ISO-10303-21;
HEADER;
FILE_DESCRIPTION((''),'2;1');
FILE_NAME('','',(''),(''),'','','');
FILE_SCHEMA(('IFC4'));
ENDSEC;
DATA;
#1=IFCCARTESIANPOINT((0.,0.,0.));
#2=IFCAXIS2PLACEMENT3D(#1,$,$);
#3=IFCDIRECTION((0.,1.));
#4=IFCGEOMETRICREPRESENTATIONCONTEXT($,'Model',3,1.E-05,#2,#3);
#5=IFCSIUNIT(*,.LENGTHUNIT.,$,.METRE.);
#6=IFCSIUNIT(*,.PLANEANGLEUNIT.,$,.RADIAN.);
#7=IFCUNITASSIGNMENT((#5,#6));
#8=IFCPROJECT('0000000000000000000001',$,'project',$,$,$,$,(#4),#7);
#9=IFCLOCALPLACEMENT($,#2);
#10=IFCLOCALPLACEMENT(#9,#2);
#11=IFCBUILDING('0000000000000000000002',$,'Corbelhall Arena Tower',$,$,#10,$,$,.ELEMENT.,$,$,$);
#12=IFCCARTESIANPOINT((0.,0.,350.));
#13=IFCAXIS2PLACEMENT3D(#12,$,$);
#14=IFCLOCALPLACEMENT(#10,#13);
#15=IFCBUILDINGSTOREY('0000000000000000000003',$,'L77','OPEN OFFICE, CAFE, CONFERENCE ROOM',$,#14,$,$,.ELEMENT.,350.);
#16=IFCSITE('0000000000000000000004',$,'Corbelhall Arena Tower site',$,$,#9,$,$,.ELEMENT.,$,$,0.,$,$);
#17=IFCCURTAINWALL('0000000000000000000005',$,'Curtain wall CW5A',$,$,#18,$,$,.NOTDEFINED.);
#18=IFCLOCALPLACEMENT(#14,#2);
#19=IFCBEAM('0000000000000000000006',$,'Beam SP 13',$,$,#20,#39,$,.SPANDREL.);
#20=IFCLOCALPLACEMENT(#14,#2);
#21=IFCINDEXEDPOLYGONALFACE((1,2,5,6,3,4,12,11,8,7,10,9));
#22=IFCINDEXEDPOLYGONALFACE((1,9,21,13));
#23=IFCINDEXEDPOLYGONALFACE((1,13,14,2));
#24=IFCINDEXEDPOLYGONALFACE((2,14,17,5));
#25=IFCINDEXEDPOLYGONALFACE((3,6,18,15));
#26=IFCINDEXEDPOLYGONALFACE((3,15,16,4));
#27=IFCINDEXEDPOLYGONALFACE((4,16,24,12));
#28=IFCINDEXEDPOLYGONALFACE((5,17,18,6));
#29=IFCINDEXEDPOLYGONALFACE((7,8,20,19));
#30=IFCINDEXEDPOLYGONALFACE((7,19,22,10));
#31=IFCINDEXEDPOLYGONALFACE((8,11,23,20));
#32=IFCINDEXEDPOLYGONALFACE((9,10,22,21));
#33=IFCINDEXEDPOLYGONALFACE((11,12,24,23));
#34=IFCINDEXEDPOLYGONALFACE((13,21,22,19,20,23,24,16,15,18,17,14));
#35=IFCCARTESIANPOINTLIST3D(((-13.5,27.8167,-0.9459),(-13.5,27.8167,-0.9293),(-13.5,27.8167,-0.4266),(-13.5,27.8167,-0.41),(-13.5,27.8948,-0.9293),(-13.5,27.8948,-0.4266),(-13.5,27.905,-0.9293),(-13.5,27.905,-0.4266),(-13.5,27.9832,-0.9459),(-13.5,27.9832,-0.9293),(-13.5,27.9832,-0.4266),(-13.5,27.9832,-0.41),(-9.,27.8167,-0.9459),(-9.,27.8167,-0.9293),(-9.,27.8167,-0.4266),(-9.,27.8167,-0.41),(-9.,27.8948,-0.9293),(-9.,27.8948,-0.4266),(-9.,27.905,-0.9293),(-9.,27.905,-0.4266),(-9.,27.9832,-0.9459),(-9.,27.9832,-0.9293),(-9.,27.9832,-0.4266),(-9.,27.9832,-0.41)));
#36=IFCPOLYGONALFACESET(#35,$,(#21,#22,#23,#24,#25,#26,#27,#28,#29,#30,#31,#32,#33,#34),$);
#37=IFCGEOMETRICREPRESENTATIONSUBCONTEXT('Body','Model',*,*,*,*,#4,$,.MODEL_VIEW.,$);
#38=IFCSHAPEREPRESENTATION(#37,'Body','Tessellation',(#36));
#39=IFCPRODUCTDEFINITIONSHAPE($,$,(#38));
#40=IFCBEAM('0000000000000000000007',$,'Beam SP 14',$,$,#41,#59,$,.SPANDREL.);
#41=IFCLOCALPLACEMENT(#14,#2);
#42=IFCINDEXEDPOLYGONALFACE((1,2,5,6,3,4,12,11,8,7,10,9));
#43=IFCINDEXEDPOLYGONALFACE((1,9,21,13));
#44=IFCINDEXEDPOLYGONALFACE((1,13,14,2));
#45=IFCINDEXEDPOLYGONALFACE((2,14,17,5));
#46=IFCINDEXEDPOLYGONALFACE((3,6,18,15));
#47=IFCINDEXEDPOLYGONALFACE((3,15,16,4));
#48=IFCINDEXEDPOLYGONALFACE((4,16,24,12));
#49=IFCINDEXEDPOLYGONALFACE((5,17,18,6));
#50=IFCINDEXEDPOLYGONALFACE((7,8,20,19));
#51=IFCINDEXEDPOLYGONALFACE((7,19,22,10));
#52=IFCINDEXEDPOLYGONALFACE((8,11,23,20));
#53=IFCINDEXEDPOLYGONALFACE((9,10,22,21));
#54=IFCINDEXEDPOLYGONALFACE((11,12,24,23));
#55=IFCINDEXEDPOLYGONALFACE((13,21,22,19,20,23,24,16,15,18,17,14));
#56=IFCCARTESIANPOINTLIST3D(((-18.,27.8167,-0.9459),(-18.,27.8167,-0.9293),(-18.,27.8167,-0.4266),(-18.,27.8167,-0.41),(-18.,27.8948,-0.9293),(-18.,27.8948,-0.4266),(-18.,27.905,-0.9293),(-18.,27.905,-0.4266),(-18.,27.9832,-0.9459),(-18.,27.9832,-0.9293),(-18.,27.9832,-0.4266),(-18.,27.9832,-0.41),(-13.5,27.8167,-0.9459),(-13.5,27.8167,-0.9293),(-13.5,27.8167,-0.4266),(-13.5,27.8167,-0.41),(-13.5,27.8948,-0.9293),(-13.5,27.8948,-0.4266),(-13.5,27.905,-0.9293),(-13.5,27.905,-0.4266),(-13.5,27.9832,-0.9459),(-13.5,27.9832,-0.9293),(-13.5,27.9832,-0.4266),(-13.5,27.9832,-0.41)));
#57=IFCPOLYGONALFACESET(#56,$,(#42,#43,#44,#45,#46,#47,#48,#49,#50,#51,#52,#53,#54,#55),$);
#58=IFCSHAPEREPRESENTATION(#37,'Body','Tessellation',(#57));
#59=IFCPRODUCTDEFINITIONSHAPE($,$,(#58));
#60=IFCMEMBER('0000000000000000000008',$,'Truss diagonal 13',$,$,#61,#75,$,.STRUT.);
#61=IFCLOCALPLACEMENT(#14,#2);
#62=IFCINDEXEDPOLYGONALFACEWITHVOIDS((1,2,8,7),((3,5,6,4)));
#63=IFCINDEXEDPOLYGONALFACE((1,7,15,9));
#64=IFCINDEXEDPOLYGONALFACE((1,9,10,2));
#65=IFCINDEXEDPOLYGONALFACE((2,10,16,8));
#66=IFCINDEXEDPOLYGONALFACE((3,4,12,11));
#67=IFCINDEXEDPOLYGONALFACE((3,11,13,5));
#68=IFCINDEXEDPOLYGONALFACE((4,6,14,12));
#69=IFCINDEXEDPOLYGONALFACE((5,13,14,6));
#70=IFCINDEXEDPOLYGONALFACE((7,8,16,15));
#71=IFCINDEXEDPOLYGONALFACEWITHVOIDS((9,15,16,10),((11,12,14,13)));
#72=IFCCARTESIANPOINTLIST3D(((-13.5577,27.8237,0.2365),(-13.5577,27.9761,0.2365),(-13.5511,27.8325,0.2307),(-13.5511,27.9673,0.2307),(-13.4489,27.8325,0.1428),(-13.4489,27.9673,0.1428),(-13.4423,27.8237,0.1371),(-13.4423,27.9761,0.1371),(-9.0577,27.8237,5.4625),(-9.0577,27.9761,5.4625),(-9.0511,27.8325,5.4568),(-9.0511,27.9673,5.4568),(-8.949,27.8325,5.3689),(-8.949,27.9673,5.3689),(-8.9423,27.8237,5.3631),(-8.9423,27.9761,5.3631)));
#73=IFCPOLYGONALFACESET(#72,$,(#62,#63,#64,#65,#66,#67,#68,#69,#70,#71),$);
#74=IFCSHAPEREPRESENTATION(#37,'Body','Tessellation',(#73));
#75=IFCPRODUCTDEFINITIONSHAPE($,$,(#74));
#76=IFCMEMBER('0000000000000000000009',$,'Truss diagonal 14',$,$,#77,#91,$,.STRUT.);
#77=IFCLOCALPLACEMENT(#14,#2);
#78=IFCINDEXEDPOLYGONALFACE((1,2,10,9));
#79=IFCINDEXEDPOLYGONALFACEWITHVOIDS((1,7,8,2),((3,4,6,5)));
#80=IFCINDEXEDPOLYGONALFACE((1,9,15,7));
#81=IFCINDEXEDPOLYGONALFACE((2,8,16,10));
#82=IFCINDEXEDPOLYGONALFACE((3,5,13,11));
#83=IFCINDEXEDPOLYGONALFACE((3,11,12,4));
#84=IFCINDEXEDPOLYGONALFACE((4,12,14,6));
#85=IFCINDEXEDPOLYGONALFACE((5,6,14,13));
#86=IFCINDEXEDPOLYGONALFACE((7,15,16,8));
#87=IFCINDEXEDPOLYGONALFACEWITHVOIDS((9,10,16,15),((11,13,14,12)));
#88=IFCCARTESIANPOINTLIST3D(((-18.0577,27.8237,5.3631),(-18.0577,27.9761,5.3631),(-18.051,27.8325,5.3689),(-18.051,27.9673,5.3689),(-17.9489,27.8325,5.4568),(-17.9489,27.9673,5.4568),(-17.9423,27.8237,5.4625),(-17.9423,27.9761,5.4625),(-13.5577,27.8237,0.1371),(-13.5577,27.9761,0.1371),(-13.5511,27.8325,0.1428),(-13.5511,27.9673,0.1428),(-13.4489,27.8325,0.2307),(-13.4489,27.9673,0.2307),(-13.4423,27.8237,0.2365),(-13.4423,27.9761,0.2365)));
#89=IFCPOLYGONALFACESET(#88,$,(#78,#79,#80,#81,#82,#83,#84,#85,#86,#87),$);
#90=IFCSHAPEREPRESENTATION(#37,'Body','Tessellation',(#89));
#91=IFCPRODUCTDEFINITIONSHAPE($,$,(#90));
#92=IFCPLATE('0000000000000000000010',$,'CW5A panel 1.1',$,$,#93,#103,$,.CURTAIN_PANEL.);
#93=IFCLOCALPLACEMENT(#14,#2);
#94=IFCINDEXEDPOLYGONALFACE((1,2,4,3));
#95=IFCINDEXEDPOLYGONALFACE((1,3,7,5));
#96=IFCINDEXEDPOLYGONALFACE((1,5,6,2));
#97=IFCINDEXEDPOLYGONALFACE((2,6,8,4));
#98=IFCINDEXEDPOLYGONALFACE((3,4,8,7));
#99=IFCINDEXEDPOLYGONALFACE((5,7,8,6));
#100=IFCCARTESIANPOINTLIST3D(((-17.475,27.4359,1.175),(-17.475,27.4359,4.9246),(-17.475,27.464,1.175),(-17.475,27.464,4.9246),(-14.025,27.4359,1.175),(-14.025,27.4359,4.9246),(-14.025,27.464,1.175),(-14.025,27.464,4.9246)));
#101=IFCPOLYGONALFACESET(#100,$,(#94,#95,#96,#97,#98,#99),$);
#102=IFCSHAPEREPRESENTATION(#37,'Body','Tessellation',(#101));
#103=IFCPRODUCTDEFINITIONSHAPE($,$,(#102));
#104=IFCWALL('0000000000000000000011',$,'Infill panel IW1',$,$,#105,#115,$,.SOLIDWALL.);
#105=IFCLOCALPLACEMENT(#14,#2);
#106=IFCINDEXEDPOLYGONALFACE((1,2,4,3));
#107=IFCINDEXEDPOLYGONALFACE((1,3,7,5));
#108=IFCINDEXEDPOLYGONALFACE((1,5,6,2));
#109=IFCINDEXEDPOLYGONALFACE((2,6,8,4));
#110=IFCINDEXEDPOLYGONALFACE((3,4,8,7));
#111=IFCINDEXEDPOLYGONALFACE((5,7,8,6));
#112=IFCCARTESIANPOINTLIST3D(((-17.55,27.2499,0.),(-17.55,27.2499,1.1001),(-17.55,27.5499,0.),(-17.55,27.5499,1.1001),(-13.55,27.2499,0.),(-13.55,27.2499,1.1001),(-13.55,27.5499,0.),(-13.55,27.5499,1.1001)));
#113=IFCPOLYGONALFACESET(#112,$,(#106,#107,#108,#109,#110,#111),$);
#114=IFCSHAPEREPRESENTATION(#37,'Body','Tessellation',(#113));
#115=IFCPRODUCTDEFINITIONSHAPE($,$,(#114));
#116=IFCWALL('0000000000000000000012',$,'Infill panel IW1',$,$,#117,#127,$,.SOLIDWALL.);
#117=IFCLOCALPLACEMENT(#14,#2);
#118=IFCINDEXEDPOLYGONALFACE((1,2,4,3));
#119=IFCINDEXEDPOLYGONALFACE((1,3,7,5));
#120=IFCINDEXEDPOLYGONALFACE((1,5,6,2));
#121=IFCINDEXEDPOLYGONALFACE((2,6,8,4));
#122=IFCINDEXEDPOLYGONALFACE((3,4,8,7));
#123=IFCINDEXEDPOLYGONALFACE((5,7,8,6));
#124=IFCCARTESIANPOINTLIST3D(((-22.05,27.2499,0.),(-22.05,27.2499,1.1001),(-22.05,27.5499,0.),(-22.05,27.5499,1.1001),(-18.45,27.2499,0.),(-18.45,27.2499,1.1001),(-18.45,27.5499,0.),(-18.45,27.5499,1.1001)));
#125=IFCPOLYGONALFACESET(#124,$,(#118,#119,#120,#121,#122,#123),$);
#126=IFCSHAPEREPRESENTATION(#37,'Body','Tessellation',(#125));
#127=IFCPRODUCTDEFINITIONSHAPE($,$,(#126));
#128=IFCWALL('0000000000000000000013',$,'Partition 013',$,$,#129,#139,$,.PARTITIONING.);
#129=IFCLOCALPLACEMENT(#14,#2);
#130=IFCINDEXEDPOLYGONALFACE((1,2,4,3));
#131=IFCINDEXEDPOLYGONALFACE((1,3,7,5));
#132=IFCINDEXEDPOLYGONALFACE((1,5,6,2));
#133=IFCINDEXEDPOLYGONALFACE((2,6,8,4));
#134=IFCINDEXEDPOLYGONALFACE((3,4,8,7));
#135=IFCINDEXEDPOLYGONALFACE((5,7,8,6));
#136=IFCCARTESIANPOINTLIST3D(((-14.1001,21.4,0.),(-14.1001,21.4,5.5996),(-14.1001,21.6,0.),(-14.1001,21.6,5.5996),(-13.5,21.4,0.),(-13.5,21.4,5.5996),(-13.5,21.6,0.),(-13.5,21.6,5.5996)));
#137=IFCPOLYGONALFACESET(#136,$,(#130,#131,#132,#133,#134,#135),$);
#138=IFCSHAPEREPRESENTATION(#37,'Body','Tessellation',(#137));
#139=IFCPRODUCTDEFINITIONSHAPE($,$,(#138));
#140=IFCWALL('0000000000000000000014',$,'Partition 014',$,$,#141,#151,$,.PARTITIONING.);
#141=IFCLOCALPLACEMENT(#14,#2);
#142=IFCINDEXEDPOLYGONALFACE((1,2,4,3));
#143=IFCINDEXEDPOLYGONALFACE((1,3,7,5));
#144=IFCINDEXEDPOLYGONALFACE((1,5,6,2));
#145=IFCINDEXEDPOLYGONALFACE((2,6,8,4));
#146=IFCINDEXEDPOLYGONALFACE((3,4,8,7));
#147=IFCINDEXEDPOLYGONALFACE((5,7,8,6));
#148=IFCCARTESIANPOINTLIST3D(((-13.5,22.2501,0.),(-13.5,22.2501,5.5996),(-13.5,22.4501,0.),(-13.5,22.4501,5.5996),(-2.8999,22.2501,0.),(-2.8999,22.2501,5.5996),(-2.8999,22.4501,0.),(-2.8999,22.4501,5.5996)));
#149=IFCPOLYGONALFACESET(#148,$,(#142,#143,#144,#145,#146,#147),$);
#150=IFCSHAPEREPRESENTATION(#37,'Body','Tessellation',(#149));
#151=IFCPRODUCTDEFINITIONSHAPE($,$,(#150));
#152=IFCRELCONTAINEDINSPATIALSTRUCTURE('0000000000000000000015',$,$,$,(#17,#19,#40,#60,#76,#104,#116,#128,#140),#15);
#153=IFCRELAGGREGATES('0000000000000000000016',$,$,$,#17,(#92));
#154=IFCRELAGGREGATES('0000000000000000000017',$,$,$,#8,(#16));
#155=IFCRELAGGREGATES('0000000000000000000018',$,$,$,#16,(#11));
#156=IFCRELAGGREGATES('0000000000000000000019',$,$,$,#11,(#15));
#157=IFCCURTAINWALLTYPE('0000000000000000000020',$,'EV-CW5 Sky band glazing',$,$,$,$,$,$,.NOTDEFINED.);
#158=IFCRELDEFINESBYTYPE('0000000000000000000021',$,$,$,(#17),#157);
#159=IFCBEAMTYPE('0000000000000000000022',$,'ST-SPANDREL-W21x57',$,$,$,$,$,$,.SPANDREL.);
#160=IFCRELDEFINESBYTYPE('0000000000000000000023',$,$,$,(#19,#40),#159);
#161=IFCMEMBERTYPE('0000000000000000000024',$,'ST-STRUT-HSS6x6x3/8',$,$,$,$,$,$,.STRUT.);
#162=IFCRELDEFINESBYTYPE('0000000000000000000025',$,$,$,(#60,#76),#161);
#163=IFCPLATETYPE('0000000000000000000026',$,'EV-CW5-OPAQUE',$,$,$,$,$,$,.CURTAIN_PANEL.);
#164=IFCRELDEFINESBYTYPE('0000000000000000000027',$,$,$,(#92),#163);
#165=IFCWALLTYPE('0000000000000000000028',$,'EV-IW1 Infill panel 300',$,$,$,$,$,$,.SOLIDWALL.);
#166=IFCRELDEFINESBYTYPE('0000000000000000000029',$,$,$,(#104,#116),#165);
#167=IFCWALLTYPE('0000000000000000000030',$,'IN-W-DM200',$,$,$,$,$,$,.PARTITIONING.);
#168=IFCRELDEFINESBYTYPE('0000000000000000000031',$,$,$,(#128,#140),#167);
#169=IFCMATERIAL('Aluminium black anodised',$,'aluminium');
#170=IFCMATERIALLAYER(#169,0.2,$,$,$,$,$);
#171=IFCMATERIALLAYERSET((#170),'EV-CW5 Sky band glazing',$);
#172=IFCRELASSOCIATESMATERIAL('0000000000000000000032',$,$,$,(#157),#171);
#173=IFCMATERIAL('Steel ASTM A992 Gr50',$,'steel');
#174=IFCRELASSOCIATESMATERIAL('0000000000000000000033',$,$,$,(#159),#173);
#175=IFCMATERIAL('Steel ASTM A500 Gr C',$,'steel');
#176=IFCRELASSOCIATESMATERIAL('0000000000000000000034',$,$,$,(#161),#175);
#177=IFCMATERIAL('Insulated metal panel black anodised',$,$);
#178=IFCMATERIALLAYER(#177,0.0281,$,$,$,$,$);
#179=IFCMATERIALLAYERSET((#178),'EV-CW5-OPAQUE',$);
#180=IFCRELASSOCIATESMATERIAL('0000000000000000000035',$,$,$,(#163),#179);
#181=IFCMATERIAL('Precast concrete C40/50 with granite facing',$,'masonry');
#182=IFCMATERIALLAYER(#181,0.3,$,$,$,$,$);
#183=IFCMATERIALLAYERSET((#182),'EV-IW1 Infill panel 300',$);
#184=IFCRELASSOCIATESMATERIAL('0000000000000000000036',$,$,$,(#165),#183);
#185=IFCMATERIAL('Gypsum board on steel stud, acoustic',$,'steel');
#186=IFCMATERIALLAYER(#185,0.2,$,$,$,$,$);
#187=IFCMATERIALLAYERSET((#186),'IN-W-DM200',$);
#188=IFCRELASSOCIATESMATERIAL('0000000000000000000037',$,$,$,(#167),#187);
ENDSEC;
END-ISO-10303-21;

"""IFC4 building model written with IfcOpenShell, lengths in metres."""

from ifc_helpers import new_model, si_unit, direction, frame, frame_2d, origin, origin_2d, place, context, subcontext, project, spatial, rectangle, hollow_rectangle, i_section, extrude, material, layer, layer_set, material_profile, profile_set, type_object, element, aggregate, save


model = new_model("IFC4")

# Units and contexts
model_context = context("Model", 3, precision=1e-05, world=origin(), true_north=direction((0.0, 1.0)))
body_context = subcontext(model_context, "Body", "Model", "MODEL_VIEW")
ifc_project = project(units=[si_unit("LENGTHUNIT", "METRE"), si_unit("PLANEANGLEUNIT", "RADIAN")], contexts=[model_context])

# Site, building, storey
site_placement = place(None, origin())
site = spatial("IfcSite", under=ifc_project, at=site_placement, Name="Corbelhall Arena Tower site", CompositionType="ELEMENT", RefElevation=0.0)
building_placement = place(site_placement, origin())
building = spatial("IfcBuilding", under=site, at=building_placement, Name="Corbelhall Arena Tower", CompositionType="ELEMENT")
storey_placement = place(building_placement, frame((0.0, 0.0, 350.0)))
storey = spatial("IfcBuildingStorey", under=building, at=storey_placement, Name="L77", Description="OPEN OFFICE, CAFE, CONFERENCE ROOM", CompositionType="ELEMENT", Elevation=350.0)

# Shared definitions
ifc_material_1 = material(Name="Aluminium black anodised", Category="aluminium")
ifc_layer_1 = layer(ifc_material_1, 0.2)
ifc_layer_set_1 = layer_set([ifc_layer_1], Name="EV-CW5 Sky band glazing")
curtain_wall_type = type_object("IfcCurtainWallType", Name="EV-CW5 Sky band glazing", PredefinedType="NOTDEFINED", material=ifc_layer_set_1)

# Curtain wall
curtain_wall_1_placement = place(storey_placement, origin())
curtain_wall_1 = element("IfcCurtainWall", 1, at=curtain_wall_1_placement, inside=storey, type_object=curtain_wall_type, Name="Curtain wall CW5A", PredefinedType="NOTDEFINED")

# Shared definitions
ifc_material_2 = material(Name="Steel ASTM A992 Gr50", Category="steel")

# Beams
ifc_material_profile_1 = material_profile(ifc_material_2, i_section(OverallWidth=0.1665, OverallDepth=0.5359, WebThickness=0.0103, FlangeThickness=0.0166, at=origin_2d()))
ifc_profile_set_1 = profile_set([ifc_material_profile_1], Name="Steel ASTM A992 Gr50")
beam_type = type_object("IfcBeamType", Name="ST-SPANDREL-W21x57", PredefinedType="SPANDREL", material=ifc_profile_set_1)
for number, where, z_axis, x_axis, name in (
    (2, (-13.5, 27.8999, -0.678), (1.0, 0.0, 0.0), (0.0, 1.0, 0.0), "Beam SP 13"),
    (3, (-18.0, 27.8999, -0.678), (1.0, 0.0, 0.0), (0.0, 1.0, 0.0), "Beam SP 14"),
):
    element("IfcBeam", number, at=place(storey_placement, frame(where, z_axis=z_axis, x_axis=x_axis)), inside=storey, type_object=beam_type, Name=name, PredefinedType="SPANDREL", context=body_context, shape_type="SweptSolid", body=[
        extrude(i_section(OverallWidth=0.1665, OverallDepth=0.5359, WebThickness=0.0103, FlangeThickness=0.0166, at=origin_2d()), origin(), (0.0, 0.0, 1.0), 4.5),
    ])

# Members
ifc_material_3 = material(Name="Steel ASTM A500 Gr C", Category="steel")
ifc_material_profile_2 = material_profile(ifc_material_3, hollow_rectangle(XDim=0.1523, YDim=0.1523, WallThickness=0.0088, at=origin_2d()))
ifc_profile_set_2 = profile_set([ifc_material_profile_2], Name="Steel ASTM A500 Gr C")
member_type_1 = type_object("IfcMemberType", Name="ST-STRUT-HSS6x6x3/8", PredefinedType="STRUT", material=ifc_profile_set_2)
for number, where, z_axis, x_axis, name in (
    (4, (-13.5, 27.8999, 0.1868), (0.652504, 0.0, 0.757785), (0.0, 1.0, 0.0), "Truss diagonal 13"),
    (5, (-13.5, 27.8999, 0.1868), (-0.652504, 0.0, 0.757785), (0.0, -1.0, 0.0), "Truss diagonal 14"),
):
    element("IfcMember", number, at=place(storey_placement, frame(where, z_axis=z_axis, x_axis=x_axis)), inside=storey, type_object=member_type_1, Name=name, PredefinedType="STRUT", context=body_context, shape_type="SweptSolid", body=[
        extrude(hollow_rectangle(XDim=0.1523, YDim=0.1523, WallThickness=0.0088, at=origin_2d()), origin(), (0.0, 0.0, 1.0), 6.8965),
    ])

# Plate
ifc_material_4 = material(Name="Insulated metal panel black anodised")
ifc_layer_2 = layer(ifc_material_4, 0.0281)
ifc_layer_set_2 = layer_set([ifc_layer_2], Name="EV-CW5-OPAQUE")
plate_type = type_object("IfcPlateType", Name="EV-CW5-OPAQUE", PredefinedType="CURTAIN_PANEL", material=ifc_layer_set_2)
plate_placement = place(storey_placement, frame((-15.75, 27.45, 1.175), z_axis=(0.0, 0.0, 1.0), x_axis=(-1.0, 0.0, 0.0)))
plate = element("IfcPlate", 6, at=plate_placement, type_object=plate_type, Name="CW5A panel 1.1", PredefinedType="CURTAIN_PANEL", context=body_context, shape_type="SweptSolid", body=[
    extrude(rectangle(XDim=3.45, YDim=0.0281, at=origin_2d()), origin(), (0.0, 0.0, 1.0), 3.7495),
])
aggregate(curtain_wall_1, [plate])

# Walls
ifc_material_5 = material(Name="Precast concrete C40/50 with granite facing", Category="masonry")
ifc_layer_3 = layer(ifc_material_5, 0.3)
ifc_layer_set_3 = layer_set([ifc_layer_3], Name="EV-IW1 Infill panel 300")
wall_type_1 = type_object("IfcWallType", Name="EV-IW1 Infill panel 300", PredefinedType="SOLIDWALL", material=ifc_layer_set_3)
wall_1_placement = place(storey_placement, frame((-13.55, 27.3999, 0.0), z_axis=(0.0, 0.0, 1.0), x_axis=(-1.0, 0.0, 0.0)))
element("IfcWall", 7, at=wall_1_placement, inside=storey, type_object=wall_type_1, Name="Infill panel IW1", PredefinedType="SOLIDWALL", context=body_context, shape_type="SweptSolid", body=[
    extrude(rectangle(XDim=4.0, YDim=0.3, at=frame_2d((2.0, 0.0))), origin(), (0.0, 0.0, 1.0), 1.1001),
])
wall_2_placement = place(storey_placement, frame((-18.45, 27.3999, 0.0), z_axis=(0.0, 0.0, 1.0), x_axis=(-1.0, 0.0, 0.0)))
element("IfcWall", 8, at=wall_2_placement, inside=storey, type_object=wall_type_1, Name="Infill panel IW1", PredefinedType="SOLIDWALL", context=body_context, shape_type="SweptSolid", body=[
    extrude(rectangle(XDim=3.6001, YDim=0.3, at=frame_2d((1.8, 0.0))), origin(), (0.0, 0.0, 1.0), 1.1001),
])
ifc_material_6 = material(Name="Gypsum board on steel stud, acoustic", Category="steel")
ifc_layer_4 = layer(ifc_material_6, 0.2)
ifc_layer_set_4 = layer_set([ifc_layer_4], Name="IN-W-DM200")
wall_type_2 = type_object("IfcWallType", Name="IN-W-DM200", PredefinedType="PARTITIONING", material=ifc_layer_set_4)
wall_3_placement = place(storey_placement, frame((-13.5, 21.5, 0.0), z_axis=(0.0, 0.0, 1.0), x_axis=(-1.0, 0.0, 0.0)))
element("IfcWall", 9, at=wall_3_placement, inside=storey, type_object=wall_type_2, Name="Partition 013", PredefinedType="PARTITIONING", context=body_context, shape_type="SweptSolid", body=[
    extrude(rectangle(XDim=0.6001, YDim=0.2, at=frame_2d((0.3, 0.0))), origin(), (0.0, 0.0, 1.0), 5.5996),
])
wall_4_placement = place(storey_placement, frame((-13.5, 22.3501, 0.0), z_axis=(0.0, 0.0, 1.0), x_axis=(1.0, 0.0, 0.0)))
element("IfcWall", 10, at=wall_4_placement, inside=storey, type_object=wall_type_2, Name="Partition 014", PredefinedType="PARTITIONING", context=body_context, shape_type="SweptSolid", body=[
    extrude(rectangle(XDim=10.6001, YDim=0.2, at=frame_2d((5.3, 0.0))), origin(), (0.0, 0.0, 1.0), 5.5996),
])

save(model, "model.ifc")
